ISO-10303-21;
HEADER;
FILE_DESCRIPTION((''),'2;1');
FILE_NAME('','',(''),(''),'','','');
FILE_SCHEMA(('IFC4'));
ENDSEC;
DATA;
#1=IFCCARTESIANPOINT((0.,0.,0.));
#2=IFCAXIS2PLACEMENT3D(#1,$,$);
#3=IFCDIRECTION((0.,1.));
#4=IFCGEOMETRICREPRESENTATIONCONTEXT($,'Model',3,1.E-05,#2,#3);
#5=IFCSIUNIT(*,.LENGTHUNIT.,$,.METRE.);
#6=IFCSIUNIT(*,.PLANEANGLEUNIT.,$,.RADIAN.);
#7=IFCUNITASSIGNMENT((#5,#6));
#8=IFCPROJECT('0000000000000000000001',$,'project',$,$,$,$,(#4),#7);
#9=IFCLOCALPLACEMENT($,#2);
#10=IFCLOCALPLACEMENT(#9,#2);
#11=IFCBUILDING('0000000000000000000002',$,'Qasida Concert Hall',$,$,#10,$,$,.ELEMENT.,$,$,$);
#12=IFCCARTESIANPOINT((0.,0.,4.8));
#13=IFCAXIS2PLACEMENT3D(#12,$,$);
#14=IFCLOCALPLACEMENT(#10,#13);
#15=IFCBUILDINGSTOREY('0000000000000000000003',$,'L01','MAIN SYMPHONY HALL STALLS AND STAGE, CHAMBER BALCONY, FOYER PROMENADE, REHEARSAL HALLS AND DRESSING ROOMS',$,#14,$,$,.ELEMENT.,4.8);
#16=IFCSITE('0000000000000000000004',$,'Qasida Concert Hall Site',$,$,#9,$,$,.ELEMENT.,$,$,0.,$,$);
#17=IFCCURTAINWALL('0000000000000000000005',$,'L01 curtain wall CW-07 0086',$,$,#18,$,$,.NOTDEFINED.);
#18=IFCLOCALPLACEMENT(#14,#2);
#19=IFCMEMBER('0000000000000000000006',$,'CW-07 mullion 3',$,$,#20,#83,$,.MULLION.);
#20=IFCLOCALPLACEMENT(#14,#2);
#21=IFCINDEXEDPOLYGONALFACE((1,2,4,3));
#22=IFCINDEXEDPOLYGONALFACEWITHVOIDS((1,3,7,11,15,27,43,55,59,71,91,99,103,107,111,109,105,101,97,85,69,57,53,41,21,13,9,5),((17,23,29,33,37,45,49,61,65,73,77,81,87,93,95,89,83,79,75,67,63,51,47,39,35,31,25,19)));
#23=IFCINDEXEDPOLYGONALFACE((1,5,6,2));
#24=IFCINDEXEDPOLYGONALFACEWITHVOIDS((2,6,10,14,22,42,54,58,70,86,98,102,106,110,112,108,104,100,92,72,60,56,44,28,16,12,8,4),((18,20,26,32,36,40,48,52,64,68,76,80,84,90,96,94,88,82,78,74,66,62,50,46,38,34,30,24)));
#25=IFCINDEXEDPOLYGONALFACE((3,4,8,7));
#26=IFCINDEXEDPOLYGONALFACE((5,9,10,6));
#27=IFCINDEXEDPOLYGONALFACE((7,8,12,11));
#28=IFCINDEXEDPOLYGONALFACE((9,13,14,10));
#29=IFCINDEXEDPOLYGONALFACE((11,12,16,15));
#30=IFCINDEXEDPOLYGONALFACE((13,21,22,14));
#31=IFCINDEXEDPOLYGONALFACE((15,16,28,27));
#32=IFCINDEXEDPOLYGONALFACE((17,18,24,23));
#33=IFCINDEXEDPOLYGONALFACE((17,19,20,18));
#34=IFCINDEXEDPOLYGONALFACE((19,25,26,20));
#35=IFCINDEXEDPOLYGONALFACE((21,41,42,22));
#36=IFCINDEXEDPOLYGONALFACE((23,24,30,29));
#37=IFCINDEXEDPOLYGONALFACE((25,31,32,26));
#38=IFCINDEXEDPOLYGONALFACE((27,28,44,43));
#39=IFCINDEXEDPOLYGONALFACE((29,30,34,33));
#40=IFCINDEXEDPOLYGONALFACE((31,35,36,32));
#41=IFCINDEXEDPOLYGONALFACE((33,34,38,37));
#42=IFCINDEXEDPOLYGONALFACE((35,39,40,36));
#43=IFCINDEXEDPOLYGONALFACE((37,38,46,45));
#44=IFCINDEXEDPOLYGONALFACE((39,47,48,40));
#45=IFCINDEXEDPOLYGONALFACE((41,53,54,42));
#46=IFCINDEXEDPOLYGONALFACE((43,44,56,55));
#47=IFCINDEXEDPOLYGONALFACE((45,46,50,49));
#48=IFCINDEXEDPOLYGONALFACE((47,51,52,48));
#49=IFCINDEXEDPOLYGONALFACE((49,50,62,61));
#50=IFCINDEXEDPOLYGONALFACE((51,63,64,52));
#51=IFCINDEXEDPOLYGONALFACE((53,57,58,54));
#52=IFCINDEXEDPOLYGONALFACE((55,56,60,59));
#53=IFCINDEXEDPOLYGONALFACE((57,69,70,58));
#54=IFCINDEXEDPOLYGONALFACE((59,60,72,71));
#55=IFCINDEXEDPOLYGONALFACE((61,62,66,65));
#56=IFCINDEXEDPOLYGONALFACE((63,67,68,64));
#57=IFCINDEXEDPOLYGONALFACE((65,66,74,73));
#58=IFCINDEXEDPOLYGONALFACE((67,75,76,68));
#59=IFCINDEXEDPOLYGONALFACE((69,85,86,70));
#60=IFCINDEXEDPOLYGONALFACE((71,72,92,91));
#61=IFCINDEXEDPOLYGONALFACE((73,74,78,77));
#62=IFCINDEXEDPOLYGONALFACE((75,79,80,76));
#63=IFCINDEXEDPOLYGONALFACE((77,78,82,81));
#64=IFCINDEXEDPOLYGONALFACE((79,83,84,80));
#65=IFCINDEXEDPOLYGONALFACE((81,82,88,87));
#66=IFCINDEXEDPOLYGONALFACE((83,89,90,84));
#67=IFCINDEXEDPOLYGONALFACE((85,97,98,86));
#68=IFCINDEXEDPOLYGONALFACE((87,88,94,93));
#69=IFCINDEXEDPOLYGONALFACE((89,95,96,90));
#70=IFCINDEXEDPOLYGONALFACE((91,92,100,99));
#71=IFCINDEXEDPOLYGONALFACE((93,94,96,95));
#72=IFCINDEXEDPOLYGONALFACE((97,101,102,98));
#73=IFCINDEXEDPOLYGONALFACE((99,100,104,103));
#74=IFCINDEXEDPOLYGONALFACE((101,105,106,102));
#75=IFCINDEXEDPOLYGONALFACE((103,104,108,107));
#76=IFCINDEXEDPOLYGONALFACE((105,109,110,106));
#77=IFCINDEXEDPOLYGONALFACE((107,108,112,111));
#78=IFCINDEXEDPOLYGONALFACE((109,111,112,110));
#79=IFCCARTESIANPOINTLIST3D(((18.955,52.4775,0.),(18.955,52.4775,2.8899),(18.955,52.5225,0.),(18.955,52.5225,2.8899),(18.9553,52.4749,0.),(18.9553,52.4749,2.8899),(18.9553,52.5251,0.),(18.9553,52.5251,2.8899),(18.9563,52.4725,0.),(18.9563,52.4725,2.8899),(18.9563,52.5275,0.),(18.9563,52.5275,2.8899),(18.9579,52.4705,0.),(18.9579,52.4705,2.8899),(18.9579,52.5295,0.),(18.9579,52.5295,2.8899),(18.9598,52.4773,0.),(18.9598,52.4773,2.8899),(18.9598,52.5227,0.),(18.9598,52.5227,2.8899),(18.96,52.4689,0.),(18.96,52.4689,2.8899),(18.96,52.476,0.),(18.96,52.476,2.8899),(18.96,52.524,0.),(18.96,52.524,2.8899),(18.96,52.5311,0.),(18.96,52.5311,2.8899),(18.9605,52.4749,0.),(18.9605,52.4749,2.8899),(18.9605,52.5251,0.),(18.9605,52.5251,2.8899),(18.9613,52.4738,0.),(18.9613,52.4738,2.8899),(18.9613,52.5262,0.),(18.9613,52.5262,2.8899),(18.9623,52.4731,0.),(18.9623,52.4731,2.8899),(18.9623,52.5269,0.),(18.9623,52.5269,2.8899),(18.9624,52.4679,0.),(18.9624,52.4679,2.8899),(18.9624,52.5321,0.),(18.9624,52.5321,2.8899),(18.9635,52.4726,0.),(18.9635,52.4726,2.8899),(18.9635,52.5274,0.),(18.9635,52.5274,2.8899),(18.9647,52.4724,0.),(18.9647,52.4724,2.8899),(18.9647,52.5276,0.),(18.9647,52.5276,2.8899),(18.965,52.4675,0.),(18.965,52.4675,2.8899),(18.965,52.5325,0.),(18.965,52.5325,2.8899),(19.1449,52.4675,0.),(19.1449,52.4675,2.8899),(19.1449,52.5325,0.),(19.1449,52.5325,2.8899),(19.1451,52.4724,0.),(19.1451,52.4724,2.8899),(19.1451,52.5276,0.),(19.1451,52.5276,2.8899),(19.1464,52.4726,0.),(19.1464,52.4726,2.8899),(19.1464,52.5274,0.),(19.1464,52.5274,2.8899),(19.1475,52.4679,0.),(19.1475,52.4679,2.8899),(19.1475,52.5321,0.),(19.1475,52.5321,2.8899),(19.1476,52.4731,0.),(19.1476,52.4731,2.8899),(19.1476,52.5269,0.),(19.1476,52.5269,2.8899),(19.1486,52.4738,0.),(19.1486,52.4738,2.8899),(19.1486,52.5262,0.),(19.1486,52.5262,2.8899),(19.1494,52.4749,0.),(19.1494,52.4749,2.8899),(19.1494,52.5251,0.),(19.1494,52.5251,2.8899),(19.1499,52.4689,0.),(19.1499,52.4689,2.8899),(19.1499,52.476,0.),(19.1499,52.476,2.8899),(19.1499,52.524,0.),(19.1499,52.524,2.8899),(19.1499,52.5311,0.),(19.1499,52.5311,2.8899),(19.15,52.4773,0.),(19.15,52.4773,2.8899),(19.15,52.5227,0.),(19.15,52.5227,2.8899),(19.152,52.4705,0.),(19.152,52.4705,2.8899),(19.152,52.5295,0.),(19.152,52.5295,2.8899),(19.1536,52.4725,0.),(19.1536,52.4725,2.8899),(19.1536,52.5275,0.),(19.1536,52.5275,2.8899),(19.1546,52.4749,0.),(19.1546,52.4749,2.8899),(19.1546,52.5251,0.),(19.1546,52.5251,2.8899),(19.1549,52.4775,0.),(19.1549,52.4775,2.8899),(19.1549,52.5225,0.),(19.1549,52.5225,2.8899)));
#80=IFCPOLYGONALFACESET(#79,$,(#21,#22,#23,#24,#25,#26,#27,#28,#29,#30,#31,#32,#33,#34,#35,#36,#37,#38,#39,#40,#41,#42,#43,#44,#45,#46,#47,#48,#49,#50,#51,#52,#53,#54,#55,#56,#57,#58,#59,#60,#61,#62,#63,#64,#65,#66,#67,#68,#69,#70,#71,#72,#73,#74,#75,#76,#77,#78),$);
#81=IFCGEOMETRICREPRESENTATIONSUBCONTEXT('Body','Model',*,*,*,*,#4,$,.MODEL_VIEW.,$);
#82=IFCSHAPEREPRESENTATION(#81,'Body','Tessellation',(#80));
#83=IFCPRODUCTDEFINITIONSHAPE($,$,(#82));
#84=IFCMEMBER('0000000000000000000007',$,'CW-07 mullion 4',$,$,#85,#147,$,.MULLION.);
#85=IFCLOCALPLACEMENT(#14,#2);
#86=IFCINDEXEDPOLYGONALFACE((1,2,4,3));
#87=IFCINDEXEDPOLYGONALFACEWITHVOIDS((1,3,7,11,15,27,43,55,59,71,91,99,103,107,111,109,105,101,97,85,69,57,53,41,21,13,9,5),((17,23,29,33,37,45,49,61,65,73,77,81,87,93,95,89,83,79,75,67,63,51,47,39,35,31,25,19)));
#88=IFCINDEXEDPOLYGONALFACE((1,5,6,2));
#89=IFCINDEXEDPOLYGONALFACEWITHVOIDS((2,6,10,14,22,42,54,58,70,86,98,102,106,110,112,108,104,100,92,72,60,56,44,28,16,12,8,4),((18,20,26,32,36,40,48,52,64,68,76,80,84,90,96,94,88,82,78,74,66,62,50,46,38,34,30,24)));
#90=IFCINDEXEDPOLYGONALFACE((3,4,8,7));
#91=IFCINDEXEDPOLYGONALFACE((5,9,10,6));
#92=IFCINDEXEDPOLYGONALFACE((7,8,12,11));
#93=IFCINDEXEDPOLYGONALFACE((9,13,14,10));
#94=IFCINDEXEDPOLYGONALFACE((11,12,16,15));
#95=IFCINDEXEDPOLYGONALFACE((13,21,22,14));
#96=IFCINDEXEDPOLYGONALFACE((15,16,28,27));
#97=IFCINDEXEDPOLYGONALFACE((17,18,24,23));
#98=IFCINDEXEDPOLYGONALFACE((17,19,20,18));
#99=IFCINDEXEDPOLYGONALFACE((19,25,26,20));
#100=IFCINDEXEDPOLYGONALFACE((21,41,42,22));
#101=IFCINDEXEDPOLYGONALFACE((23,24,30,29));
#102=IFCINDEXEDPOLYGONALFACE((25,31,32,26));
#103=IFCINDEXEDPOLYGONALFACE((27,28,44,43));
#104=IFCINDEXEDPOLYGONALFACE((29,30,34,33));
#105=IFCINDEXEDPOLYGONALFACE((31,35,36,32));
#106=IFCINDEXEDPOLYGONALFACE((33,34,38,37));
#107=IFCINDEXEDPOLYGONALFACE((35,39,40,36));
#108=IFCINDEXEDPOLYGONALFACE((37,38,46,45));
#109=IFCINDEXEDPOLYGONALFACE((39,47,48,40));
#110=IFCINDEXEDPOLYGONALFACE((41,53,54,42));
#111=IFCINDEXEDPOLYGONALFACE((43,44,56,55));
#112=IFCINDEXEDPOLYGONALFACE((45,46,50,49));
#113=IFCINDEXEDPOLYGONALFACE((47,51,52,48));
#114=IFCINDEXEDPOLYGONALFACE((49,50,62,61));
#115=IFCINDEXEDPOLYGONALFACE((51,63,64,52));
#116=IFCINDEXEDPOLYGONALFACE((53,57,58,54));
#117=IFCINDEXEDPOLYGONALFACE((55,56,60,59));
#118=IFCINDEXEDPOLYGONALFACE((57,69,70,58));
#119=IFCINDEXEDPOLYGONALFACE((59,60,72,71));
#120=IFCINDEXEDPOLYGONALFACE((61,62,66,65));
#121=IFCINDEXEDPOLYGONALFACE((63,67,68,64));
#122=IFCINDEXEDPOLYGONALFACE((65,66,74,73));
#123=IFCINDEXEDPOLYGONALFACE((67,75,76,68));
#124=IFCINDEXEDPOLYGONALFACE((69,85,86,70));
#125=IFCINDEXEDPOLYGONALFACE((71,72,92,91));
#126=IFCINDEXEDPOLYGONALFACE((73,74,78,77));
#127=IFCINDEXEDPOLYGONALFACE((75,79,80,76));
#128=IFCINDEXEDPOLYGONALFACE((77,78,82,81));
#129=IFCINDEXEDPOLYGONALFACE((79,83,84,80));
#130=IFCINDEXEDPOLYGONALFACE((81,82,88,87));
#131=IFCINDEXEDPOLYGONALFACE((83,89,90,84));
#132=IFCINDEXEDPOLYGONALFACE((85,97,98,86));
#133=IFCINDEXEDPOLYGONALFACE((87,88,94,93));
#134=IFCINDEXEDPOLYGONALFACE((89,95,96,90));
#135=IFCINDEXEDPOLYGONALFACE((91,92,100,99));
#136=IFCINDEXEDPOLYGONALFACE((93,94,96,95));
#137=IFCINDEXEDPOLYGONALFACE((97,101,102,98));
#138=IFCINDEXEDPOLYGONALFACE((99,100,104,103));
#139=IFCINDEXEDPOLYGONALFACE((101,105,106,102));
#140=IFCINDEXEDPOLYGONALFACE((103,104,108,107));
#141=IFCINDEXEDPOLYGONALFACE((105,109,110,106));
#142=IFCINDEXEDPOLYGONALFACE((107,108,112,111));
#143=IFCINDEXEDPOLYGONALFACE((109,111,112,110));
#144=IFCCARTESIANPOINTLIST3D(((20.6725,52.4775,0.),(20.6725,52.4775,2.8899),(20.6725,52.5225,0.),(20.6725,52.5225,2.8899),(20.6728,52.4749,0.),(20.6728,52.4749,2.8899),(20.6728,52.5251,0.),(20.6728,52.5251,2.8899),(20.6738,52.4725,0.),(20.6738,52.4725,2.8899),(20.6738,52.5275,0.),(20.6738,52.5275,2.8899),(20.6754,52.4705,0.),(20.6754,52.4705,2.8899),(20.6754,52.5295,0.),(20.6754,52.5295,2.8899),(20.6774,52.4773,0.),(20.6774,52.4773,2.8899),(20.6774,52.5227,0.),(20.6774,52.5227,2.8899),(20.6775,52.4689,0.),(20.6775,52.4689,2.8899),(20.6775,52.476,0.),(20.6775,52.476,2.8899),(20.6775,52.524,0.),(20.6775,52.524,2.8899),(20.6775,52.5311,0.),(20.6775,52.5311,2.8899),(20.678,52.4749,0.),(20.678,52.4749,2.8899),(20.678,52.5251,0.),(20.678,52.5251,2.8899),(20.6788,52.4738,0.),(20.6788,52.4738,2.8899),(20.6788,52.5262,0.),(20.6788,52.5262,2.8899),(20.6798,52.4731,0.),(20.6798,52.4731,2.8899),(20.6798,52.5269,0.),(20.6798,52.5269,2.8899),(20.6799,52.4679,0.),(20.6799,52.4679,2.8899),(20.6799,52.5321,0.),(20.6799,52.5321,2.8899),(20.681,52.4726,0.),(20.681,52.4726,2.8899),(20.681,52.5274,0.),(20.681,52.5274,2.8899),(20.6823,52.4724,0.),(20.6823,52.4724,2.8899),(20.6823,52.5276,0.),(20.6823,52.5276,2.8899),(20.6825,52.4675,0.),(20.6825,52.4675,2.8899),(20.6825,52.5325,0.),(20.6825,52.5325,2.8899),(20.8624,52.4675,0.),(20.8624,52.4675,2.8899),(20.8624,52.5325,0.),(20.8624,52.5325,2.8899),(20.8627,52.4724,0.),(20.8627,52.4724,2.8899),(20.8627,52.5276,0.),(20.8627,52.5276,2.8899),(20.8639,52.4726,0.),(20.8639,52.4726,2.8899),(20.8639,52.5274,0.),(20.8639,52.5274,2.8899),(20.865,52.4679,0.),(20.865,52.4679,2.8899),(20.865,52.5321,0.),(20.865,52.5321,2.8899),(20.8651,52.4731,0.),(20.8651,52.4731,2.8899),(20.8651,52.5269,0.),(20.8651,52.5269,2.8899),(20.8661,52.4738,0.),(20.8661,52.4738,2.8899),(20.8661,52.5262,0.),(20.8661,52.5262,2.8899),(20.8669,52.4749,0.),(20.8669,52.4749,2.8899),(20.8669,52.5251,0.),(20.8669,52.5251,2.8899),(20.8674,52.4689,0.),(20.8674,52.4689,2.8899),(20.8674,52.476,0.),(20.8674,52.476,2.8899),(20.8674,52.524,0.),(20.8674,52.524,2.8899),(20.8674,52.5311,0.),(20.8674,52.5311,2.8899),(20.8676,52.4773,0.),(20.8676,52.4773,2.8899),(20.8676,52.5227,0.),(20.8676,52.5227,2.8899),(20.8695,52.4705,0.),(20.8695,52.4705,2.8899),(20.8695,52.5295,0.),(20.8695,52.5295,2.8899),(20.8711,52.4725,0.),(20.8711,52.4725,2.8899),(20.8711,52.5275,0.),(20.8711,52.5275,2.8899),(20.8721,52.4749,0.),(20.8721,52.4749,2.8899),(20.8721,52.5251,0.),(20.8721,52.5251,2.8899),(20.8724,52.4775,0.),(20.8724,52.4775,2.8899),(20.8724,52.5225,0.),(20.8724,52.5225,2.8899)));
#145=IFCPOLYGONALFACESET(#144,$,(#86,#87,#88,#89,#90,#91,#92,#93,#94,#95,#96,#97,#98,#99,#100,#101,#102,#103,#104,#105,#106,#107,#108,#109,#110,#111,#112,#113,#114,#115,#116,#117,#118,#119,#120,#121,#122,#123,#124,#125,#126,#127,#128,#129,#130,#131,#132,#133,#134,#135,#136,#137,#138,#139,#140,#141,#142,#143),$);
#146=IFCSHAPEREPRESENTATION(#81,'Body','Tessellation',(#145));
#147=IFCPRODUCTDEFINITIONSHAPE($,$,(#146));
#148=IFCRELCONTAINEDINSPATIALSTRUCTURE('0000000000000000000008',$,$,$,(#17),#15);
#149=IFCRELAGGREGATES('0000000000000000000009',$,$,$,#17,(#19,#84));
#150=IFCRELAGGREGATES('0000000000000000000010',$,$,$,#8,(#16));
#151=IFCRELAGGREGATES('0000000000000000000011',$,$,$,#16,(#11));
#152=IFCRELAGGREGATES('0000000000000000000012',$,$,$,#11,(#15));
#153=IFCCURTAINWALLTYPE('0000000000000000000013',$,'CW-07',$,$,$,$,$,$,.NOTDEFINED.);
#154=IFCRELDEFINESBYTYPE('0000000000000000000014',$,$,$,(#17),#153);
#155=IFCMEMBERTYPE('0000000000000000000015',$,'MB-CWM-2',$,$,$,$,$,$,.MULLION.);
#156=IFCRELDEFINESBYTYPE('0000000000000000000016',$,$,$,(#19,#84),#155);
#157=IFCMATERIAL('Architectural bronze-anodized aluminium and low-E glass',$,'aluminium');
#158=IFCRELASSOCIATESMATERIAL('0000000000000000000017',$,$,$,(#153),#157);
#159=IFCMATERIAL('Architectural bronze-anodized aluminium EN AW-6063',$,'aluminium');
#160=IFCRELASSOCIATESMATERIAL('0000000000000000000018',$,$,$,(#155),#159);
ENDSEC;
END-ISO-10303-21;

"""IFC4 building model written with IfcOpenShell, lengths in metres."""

from ifc_helpers import new_model, si_unit, direction, frame, origin, origin_2d, place, context, subcontext, project, spatial, hollow_rectangle, extrude, material, material_profile, profile_set, type_object, element, aggregate, save


model = new_model("IFC4")

# Units and contexts
model_context = context("Model", 3, precision=1e-05, world=origin(), true_north=direction((0.0, 1.0)))
body_context = subcontext(model_context, "Body", "Model", "MODEL_VIEW")
ifc_project = project(units=[si_unit("LENGTHUNIT", "METRE"), si_unit("PLANEANGLEUNIT", "RADIAN")], contexts=[model_context])

# Site, building, storey
site_placement = place(None, origin())
site = spatial("IfcSite", under=ifc_project, at=site_placement, Name="Qasida Concert Hall Site", CompositionType="ELEMENT", RefElevation=0.0)
building_placement = place(site_placement, origin())
building = spatial("IfcBuilding", under=site, at=building_placement, Name="Qasida Concert Hall", CompositionType="ELEMENT")
storey_placement = place(building_placement, frame((0.0, 0.0, 4.8)))
storey = spatial("IfcBuildingStorey", under=building, at=storey_placement, Name="L01", Description="MAIN SYMPHONY HALL STALLS AND STAGE, CHAMBER BALCONY, FOYER PROMENADE, REHEARSAL HALLS AND DRESSING ROOMS", CompositionType="ELEMENT", Elevation=4.8)

# Curtain wall, members
ifc_material_1 = material(Name="Architectural bronze-anodized aluminium and low-E glass", Category="aluminium")
curtain_wall_type = type_object("IfcCurtainWallType", Name="CW-07", PredefinedType="NOTDEFINED", material=ifc_material_1)
curtain_wall_1_placement = place(storey_placement, origin())
curtain_wall_1 = element("IfcCurtainWall", 1, at=curtain_wall_1_placement, inside=storey, type_object=curtain_wall_type, Name="L01 curtain wall CW-07 0086", PredefinedType="NOTDEFINED")
ifc_material_2 = material(Name="Architectural bronze-anodized aluminium EN AW-6063", Category="aluminium")
ifc_material_profile_1 = material_profile(ifc_material_2, hollow_rectangle(XDim=0.0649, YDim=0.2, WallThickness=0.0049, InnerFilletRadius=0.0049, OuterFilletRadius=0.01, at=origin_2d()), Name="CWM 200x65x5")
ifc_profile_set_1 = profile_set([ifc_material_profile_1], Name="Architectural bronze-anodized aluminium EN AW-6063")
member_type_1 = type_object("IfcMemberType", Name="MB-CWM-2", PredefinedType="MULLION", material=ifc_profile_set_1)
member_1_placement = place(storey_placement, frame((19.0549, 52.5, 0.0), z_axis=(0.0, 0.0, 1.0), x_axis=(0.0, 1.0, 0.0)))
member_1 = element("IfcMember", 2, at=member_1_placement, type_object=member_type_1, Name="CW-07 mullion 3", PredefinedType="MULLION", context=body_context, shape_type="SweptSolid", body=[
    extrude(hollow_rectangle(XDim=0.0649, YDim=0.2, WallThickness=0.0049, InnerFilletRadius=0.0049, OuterFilletRadius=0.01, at=origin_2d()), origin(), (0.0, 0.0, 1.0), 2.8899),
])
member_2_placement = place(storey_placement, frame((20.7725, 52.5, 0.0), z_axis=(0.0, 0.0, 1.0), x_axis=(0.0, 1.0, 0.0)))
member_2 = element("IfcMember", 3, at=member_2_placement, type_object=member_type_1, Name="CW-07 mullion 4", PredefinedType="MULLION", context=body_context, shape_type="SweptSolid", body=[
    extrude(hollow_rectangle(XDim=0.0649, YDim=0.2, WallThickness=0.0049, InnerFilletRadius=0.0049, OuterFilletRadius=0.01, at=origin_2d()), origin(), (0.0, 0.0, 1.0), 2.8899),
])

aggregate(curtain_wall_1, [member_1, member_2])

save(model, "model.ifc")
